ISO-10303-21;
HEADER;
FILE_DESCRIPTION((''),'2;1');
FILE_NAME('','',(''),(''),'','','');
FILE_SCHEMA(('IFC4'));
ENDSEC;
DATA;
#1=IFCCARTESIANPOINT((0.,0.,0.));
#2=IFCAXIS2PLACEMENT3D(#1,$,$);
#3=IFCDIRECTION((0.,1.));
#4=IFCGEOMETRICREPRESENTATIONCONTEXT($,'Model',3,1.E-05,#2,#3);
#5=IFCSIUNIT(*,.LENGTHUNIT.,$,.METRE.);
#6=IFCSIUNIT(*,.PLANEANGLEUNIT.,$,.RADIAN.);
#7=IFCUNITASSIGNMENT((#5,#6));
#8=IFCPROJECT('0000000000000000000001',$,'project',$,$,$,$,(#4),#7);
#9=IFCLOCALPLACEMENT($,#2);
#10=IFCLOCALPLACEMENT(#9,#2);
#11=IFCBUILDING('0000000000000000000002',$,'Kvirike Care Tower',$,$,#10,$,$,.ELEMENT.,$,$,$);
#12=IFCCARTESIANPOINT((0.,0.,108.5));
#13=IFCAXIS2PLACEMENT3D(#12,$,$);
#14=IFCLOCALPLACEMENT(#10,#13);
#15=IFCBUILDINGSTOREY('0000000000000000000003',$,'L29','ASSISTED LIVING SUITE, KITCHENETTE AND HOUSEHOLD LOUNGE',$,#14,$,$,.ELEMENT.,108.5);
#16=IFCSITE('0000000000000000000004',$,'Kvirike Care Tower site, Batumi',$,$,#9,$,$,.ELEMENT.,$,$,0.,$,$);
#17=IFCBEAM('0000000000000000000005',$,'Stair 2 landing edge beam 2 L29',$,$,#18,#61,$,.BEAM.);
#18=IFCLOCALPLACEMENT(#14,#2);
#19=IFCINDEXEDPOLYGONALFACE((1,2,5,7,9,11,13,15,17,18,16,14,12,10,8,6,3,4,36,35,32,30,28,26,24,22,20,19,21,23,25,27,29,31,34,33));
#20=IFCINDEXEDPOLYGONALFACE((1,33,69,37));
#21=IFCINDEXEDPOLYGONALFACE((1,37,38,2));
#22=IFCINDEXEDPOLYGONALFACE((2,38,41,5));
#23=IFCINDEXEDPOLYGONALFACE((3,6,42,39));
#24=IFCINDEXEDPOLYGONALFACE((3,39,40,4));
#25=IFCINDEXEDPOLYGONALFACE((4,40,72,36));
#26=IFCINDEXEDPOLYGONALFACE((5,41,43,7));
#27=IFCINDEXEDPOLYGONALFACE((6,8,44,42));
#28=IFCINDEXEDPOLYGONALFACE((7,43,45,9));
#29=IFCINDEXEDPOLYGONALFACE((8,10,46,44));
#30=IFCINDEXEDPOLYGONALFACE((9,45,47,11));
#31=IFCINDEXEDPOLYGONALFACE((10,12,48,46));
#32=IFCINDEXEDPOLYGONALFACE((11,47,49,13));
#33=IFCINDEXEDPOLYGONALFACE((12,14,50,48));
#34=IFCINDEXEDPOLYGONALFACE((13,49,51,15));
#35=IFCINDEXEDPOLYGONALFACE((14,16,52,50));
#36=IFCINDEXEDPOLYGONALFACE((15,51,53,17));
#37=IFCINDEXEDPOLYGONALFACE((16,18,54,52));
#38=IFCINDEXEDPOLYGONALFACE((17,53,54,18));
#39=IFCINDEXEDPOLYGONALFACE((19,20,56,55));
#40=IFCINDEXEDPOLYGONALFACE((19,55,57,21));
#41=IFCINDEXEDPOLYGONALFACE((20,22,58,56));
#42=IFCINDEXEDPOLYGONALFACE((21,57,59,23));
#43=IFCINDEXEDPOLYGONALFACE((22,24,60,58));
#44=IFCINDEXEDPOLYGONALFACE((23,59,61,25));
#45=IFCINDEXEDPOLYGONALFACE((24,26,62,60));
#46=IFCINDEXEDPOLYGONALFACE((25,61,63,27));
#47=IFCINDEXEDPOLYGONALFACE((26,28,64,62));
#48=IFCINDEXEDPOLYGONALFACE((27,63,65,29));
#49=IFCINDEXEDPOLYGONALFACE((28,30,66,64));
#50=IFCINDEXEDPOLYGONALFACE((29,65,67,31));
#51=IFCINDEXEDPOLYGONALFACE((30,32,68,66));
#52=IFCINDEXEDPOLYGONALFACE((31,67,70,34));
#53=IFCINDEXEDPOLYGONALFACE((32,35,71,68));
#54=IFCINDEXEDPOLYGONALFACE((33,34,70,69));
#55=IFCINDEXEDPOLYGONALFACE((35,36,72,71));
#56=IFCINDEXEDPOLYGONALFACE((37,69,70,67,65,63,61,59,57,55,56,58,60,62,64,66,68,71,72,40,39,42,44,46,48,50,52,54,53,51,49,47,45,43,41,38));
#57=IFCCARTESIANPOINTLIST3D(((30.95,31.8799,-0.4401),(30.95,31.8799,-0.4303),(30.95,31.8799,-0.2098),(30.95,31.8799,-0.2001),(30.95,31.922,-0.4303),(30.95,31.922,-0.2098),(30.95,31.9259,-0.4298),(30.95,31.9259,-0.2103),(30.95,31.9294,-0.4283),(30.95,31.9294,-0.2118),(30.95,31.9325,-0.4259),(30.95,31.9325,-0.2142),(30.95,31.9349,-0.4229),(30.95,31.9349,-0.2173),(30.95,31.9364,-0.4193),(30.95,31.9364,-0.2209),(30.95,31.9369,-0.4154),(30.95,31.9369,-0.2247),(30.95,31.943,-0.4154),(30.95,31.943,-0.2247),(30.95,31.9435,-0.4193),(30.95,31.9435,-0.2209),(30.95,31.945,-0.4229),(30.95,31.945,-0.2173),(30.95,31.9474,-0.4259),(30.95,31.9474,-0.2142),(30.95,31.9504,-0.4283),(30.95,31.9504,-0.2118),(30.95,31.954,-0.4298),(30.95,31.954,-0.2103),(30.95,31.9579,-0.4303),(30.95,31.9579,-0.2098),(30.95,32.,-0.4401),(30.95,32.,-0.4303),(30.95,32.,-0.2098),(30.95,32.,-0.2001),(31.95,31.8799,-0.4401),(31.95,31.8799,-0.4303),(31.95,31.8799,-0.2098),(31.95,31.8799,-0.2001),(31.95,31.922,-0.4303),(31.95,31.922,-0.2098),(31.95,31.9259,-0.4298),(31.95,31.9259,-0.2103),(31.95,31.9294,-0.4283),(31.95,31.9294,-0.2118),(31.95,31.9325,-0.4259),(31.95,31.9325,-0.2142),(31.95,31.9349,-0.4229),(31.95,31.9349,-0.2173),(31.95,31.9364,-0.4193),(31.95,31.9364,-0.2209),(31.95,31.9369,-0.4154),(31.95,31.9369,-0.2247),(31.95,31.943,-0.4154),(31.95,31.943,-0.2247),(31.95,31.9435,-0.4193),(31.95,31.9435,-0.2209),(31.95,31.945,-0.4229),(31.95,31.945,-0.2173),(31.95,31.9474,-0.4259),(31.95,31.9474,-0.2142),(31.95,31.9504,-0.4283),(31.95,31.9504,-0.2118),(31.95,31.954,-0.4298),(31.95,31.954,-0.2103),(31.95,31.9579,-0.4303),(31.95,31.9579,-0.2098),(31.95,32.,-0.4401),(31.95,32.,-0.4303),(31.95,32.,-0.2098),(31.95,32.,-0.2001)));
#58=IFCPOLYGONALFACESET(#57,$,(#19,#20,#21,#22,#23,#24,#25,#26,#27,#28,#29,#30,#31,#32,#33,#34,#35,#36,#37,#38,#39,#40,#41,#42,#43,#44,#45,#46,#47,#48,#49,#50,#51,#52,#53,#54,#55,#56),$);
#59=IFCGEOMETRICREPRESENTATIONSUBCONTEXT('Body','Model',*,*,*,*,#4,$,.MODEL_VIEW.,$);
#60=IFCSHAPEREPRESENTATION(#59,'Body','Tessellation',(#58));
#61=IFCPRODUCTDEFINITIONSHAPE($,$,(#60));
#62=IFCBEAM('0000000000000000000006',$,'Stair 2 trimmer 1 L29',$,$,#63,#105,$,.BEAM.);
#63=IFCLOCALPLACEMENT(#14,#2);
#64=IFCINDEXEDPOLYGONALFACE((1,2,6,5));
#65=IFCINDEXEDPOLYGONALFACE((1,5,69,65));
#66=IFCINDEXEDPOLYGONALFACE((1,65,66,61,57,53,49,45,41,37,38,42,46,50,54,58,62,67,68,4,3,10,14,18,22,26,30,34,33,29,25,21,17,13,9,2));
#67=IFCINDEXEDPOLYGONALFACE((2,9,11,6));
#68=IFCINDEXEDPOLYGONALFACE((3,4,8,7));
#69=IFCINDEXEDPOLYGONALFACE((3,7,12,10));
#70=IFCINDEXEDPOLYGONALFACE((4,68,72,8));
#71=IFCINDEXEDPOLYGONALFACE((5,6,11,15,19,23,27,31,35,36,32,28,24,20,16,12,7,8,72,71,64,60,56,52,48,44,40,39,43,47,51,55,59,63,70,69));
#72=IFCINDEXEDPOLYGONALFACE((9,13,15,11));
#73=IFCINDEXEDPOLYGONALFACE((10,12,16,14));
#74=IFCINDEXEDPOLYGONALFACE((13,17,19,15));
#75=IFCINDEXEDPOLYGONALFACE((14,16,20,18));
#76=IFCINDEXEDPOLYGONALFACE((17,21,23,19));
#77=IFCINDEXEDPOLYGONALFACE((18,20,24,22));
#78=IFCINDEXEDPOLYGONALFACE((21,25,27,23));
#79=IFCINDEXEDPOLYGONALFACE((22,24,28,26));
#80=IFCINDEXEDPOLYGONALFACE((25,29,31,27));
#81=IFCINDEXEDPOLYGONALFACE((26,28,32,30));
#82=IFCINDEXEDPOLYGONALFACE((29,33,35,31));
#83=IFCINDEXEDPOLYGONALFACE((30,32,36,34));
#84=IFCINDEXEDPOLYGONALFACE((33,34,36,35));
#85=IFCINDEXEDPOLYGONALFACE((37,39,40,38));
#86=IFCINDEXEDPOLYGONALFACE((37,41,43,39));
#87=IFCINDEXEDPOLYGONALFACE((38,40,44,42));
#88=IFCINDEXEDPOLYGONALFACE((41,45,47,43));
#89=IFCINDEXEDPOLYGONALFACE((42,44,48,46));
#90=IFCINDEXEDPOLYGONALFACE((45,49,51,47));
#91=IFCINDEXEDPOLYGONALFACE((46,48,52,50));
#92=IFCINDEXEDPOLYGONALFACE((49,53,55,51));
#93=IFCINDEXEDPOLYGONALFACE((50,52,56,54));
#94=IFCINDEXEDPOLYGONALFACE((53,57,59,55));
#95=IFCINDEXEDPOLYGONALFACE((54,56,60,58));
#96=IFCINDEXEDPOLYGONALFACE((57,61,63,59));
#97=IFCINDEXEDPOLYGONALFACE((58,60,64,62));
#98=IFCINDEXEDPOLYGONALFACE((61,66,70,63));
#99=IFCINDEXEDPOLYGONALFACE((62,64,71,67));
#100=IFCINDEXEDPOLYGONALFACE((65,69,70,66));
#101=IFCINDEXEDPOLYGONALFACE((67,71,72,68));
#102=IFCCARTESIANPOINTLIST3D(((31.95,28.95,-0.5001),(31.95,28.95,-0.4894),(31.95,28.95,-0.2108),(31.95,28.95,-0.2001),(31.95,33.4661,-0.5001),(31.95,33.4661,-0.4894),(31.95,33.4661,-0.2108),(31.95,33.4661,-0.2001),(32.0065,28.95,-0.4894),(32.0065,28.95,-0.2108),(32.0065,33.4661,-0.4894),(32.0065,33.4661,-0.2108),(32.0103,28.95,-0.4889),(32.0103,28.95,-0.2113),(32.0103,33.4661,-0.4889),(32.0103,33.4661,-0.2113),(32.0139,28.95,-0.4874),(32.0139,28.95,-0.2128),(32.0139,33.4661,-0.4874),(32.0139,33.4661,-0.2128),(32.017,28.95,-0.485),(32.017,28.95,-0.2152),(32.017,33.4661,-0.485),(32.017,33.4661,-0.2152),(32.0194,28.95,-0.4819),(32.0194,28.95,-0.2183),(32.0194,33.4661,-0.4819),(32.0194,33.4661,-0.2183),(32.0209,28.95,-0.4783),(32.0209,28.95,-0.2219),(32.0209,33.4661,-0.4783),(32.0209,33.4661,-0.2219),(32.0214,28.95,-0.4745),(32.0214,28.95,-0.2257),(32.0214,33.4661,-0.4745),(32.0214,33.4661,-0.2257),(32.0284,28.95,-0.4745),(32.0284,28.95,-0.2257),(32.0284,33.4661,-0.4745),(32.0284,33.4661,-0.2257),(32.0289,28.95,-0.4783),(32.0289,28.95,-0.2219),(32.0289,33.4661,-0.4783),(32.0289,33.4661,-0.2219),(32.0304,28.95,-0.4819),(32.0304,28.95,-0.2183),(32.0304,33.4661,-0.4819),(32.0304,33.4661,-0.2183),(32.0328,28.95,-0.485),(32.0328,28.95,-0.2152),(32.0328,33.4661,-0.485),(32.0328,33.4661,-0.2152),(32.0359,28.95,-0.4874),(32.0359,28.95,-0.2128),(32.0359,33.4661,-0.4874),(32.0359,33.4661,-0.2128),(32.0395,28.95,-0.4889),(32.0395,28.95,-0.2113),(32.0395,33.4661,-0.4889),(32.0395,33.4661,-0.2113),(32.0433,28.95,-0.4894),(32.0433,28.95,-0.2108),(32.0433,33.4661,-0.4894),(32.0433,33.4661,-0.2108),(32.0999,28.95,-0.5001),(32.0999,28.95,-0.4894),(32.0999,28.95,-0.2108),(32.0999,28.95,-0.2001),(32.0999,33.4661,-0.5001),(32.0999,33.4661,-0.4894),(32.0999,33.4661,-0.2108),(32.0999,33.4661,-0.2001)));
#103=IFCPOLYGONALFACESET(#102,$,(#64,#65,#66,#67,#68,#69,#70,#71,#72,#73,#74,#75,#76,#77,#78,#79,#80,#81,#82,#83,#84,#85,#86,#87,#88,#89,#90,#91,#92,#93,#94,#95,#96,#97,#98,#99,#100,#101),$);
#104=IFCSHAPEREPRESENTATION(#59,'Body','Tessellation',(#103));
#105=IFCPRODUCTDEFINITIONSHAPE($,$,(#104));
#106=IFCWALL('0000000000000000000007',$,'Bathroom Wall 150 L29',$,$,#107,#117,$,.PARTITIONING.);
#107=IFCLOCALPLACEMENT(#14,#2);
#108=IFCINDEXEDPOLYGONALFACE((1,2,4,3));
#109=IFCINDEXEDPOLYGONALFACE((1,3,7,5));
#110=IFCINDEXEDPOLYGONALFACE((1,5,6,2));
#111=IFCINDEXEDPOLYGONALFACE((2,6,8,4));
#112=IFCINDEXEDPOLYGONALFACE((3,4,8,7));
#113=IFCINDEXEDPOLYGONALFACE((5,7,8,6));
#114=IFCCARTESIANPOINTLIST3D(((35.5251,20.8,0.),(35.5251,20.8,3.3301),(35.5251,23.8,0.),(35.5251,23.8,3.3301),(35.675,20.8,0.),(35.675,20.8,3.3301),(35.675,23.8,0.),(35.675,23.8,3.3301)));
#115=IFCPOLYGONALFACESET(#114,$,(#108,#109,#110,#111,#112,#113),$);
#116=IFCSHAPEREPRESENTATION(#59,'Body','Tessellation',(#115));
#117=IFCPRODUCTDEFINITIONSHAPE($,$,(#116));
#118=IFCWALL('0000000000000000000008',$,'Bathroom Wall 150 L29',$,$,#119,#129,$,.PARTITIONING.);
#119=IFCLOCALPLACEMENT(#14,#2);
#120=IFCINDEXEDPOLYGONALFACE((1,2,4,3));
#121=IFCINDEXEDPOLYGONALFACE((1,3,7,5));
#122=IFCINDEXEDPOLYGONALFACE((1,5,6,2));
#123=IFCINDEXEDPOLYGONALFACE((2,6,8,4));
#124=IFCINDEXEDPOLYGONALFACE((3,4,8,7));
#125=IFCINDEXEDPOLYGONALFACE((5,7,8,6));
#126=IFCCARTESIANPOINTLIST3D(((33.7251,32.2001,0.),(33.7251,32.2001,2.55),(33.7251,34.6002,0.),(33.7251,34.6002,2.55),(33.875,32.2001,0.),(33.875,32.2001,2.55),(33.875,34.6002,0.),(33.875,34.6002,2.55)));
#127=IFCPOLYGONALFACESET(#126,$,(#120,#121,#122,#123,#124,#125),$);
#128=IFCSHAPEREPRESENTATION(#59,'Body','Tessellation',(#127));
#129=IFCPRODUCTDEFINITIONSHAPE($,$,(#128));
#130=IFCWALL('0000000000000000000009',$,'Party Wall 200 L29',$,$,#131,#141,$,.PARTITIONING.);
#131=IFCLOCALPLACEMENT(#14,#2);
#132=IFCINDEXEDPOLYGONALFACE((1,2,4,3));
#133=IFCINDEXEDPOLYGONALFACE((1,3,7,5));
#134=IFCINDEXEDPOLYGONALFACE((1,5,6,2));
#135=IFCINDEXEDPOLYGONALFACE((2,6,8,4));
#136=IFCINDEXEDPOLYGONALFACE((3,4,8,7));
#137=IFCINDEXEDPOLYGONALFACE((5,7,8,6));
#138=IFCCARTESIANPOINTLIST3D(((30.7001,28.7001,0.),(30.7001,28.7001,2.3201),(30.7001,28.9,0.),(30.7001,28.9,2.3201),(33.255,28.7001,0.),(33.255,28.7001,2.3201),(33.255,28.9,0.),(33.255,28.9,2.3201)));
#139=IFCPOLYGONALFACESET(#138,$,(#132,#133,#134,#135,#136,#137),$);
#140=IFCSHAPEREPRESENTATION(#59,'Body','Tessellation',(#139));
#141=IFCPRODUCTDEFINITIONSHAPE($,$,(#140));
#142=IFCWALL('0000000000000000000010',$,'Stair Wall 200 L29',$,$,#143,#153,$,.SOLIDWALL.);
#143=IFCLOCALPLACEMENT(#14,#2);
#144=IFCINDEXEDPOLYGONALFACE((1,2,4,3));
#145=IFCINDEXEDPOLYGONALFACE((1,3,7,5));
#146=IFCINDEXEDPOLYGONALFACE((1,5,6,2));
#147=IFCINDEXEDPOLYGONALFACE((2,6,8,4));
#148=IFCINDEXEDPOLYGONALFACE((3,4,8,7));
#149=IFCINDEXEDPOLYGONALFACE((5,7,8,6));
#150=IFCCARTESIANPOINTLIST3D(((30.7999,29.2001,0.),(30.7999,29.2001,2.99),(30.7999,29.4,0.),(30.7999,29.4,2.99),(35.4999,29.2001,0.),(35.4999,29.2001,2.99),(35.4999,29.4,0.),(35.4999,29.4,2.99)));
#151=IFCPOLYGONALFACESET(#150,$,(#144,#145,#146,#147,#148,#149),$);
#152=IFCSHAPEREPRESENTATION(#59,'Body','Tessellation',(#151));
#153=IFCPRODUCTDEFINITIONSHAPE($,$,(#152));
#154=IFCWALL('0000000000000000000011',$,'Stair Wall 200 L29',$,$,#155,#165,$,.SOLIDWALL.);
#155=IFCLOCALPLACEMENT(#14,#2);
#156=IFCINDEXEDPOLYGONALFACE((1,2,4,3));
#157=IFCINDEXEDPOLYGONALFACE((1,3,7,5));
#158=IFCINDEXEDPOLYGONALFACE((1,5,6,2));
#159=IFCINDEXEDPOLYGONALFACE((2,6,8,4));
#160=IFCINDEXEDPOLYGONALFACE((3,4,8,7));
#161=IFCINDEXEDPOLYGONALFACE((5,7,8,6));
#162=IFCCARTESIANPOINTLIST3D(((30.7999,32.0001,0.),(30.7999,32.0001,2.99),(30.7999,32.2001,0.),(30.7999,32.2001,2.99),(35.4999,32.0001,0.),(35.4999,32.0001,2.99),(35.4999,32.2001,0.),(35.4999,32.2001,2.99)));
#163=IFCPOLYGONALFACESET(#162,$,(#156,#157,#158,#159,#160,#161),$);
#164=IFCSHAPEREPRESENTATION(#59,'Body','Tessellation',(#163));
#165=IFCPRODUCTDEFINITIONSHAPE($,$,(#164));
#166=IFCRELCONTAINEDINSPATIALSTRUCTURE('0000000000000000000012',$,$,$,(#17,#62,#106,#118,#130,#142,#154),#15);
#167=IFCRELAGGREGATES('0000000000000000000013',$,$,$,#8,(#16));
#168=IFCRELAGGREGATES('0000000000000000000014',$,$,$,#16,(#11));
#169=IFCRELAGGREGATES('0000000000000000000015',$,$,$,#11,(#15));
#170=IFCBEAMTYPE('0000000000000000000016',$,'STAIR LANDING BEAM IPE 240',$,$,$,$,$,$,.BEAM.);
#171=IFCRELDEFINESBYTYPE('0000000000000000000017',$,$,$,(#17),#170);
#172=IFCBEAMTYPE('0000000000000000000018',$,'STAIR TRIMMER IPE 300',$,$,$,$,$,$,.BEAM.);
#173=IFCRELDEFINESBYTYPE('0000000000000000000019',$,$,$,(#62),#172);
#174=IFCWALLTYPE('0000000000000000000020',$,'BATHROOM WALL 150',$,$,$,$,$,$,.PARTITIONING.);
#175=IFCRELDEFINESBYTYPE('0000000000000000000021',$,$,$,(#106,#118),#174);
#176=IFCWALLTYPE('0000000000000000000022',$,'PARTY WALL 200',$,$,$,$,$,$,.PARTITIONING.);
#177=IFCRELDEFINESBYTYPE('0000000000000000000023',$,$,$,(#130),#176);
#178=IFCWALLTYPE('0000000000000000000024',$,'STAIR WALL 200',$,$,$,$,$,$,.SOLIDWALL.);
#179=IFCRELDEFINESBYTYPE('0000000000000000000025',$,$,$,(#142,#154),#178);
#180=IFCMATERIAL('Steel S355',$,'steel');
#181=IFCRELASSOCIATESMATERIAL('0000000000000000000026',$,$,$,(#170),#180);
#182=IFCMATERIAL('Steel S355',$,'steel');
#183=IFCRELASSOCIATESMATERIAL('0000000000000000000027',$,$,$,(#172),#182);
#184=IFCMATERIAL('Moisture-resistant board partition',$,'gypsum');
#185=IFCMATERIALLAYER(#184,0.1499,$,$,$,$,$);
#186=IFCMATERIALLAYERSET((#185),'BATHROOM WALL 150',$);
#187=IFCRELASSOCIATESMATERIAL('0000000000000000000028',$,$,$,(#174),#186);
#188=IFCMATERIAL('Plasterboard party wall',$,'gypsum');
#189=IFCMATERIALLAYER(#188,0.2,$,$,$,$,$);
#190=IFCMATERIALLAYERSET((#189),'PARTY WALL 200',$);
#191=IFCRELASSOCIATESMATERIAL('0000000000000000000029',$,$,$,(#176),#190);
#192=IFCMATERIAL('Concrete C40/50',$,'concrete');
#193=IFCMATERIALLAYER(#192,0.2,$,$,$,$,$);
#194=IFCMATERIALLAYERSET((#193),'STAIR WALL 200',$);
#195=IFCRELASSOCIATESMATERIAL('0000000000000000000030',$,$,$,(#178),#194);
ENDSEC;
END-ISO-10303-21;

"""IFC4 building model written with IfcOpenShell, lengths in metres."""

from ifc_helpers import new_model, si_unit, direction, frame, frame_2d, origin, origin_2d, place, context, subcontext, project, spatial, rectangle, i_section, extrude, material, layer, layer_set, material_profile, profile_set, type_object, element, save


model = new_model("IFC4")

# Units and contexts
model_context = context("Model", 3, precision=1e-05, world=origin(), true_north=direction((0.0, 1.0)))
body_context = subcontext(model_context, "Body", "Model", "MODEL_VIEW")
ifc_project = project(units=[si_unit("LENGTHUNIT", "METRE"), si_unit("PLANEANGLEUNIT", "RADIAN")], contexts=[model_context])

# Site, building, storey
site_placement = place(None, origin())
site = spatial("IfcSite", under=ifc_project, at=site_placement, Name="Kvirike Care Tower site, Batumi", CompositionType="ELEMENT", RefElevation=0.0)
building_placement = place(site_placement, origin())
building = spatial("IfcBuilding", under=site, at=building_placement, Name="Kvirike Care Tower", CompositionType="ELEMENT")
storey_placement = place(building_placement, frame((0.0, 0.0, 108.5)))
storey = spatial("IfcBuildingStorey", under=building, at=storey_placement, Name="L29", Description="ASSISTED LIVING SUITE, KITCHENETTE AND HOUSEHOLD LOUNGE", CompositionType="ELEMENT", Elevation=108.5)

# Beams
ifc_material_1 = material(Name="Steel S355", Category="steel")
ifc_material_profile_1 = material_profile(ifc_material_1, i_section(OverallWidth=0.1201, OverallDepth=0.24, WebThickness=0.0061, FlangeThickness=0.0098, FilletRadius=0.0149, at=origin_2d()), Name="IPE 240")
ifc_profile_set_1 = profile_set([ifc_material_profile_1], Name="Steel S355")
beam_type_1 = type_object("IfcBeamType", Name="STAIR LANDING BEAM IPE 240", PredefinedType="BEAM", material=ifc_profile_set_1)
for number, where, z_axis, x_axis, name in (
    (1, (31.95, 31.9399, -0.3201), (-1.0, 0.0, 0.0), (0.0, -1.0, 0.0), "Stair 2 landing edge beam 2 L29"),
):
    element("IfcBeam", number, at=place(storey_placement, frame(where, z_axis=z_axis, x_axis=x_axis)), inside=storey, type_object=beam_type_1, Name=name, PredefinedType="BEAM", context=body_context, shape_type="SweptSolid", body=[
        extrude(i_section(OverallWidth=0.1201, OverallDepth=0.24, WebThickness=0.0061, FlangeThickness=0.0098, FilletRadius=0.0149, at=origin_2d()), origin(), (0.0, 0.0, 1.0), 1.0),
    ])
ifc_material_2 = material(Name="Steel S355", Category="steel")
ifc_material_profile_2 = material_profile(ifc_material_2, i_section(OverallWidth=0.1499, OverallDepth=0.3, WebThickness=0.0071, FlangeThickness=0.0107, FilletRadius=0.0149, at=origin_2d()), Name="IPE 300")
ifc_profile_set_2 = profile_set([ifc_material_profile_2], Name="Steel S355")
beam_type_2 = type_object("IfcBeamType", Name="STAIR TRIMMER IPE 300", PredefinedType="BEAM", material=ifc_profile_set_2)
beam_1_placement = place(storey_placement, frame((32.0249, 28.95, -0.3501), z_axis=(0.0, 1.0, 0.0), x_axis=(-1.0, 0.0, 0.0)))
element("IfcBeam", 2, at=beam_1_placement, inside=storey, type_object=beam_type_2, Name="Stair 2 trimmer 1 L29", PredefinedType="BEAM", context=body_context, shape_type="SweptSolid", body=[
    extrude(i_section(OverallWidth=0.1499, OverallDepth=0.3, WebThickness=0.0071, FlangeThickness=0.0107, FilletRadius=0.0149, at=origin_2d()), origin(), (0.0, 0.0, 1.0), 4.5161),
])

# Walls
ifc_material_3 = material(Name="Moisture-resistant board partition", Category="gypsum")
ifc_layer_1 = layer(ifc_material_3, 0.1499)
ifc_layer_set_1 = layer_set([ifc_layer_1], Name="BATHROOM WALL 150")
wall_type_1 = type_object("IfcWallType", Name="BATHROOM WALL 150", PredefinedType="PARTITIONING", material=ifc_layer_set_1)
wall_1_placement = place(storey_placement, frame((35.6001, 20.8, 0.0), z_axis=(0.0, 0.0, 1.0), x_axis=(0.0, 1.0, 0.0)))
element("IfcWall", 3, at=wall_1_placement, inside=storey, type_object=wall_type_1, Name="Bathroom Wall 150 L29", PredefinedType="PARTITIONING", context=body_context, shape_type="SweptSolid", body=[
    extrude(rectangle(XDim=3.0, YDim=0.1499, at=frame_2d((1.5, 0.0))), origin(), (0.0, 0.0, 1.0), 3.3301),
])
wall_2_placement = place(storey_placement, frame((33.8, 32.2, 0.0), z_axis=(0.0, 0.0, 1.0), x_axis=(0.0, 1.0, 0.0)))
element("IfcWall", 4, at=wall_2_placement, inside=storey, type_object=wall_type_1, Name="Bathroom Wall 150 L29", PredefinedType="PARTITIONING", context=body_context, shape_type="SweptSolid", body=[
    extrude(rectangle(XDim=2.4001, YDim=0.1499, at=frame_2d((1.2002, 0.0))), origin(), (0.0, 0.0, 1.0), 2.55),
])
ifc_material_4 = material(Name="Plasterboard party wall", Category="gypsum")
ifc_layer_2 = layer(ifc_material_4, 0.2)
ifc_layer_set_2 = layer_set([ifc_layer_2], Name="PARTY WALL 200")
wall_type_2 = type_object("IfcWallType", Name="PARTY WALL 200", PredefinedType="PARTITIONING", material=ifc_layer_set_2)
wall_3_placement = place(storey_placement, frame((33.2549, 28.8, 0.0), z_axis=(0.0, 0.0, 1.0), x_axis=(-1.0, 0.0, 0.0)))
element("IfcWall", 5, at=wall_3_placement, inside=storey, type_object=wall_type_2, Name="Party Wall 200 L29", PredefinedType="PARTITIONING", context=body_context, shape_type="SweptSolid", body=[
    extrude(rectangle(XDim=2.5549, YDim=0.2, at=frame_2d((1.2773, 0.0))), origin(), (0.0, 0.0, 1.0), 2.3201),
])
ifc_material_5 = material(Name="Concrete C40/50", Category="concrete")
ifc_layer_3 = layer(ifc_material_5, 0.2)
ifc_layer_set_3 = layer_set([ifc_layer_3], Name="STAIR WALL 200")
wall_type_3 = type_object("IfcWallType", Name="STAIR WALL 200", PredefinedType="SOLIDWALL", material=ifc_layer_set_3)
for number, where, z_axis, x_axis, name in (
    (6, (35.5, 29.3, 0.0), (0.0, 0.0, 1.0), (-1.0, 0.0, 0.0), "Stair Wall 200 L29"),
    (7, (35.5, 32.1001, 0.0), (0.0, 0.0, 1.0), (-1.0, 0.0, 0.0), "Stair Wall 200 L29"),
):
    element("IfcWall", number, at=place(storey_placement, frame(where, z_axis=z_axis, x_axis=x_axis)), inside=storey, type_object=wall_type_3, Name=name, PredefinedType="SOLIDWALL", context=body_context, shape_type="SweptSolid", body=[
        extrude(rectangle(XDim=4.7, YDim=0.2, at=frame_2d((2.3501, 0.0))), origin(), (0.0, 0.0, 1.0), 2.99),
    ])

save(model, "model.ifc")
